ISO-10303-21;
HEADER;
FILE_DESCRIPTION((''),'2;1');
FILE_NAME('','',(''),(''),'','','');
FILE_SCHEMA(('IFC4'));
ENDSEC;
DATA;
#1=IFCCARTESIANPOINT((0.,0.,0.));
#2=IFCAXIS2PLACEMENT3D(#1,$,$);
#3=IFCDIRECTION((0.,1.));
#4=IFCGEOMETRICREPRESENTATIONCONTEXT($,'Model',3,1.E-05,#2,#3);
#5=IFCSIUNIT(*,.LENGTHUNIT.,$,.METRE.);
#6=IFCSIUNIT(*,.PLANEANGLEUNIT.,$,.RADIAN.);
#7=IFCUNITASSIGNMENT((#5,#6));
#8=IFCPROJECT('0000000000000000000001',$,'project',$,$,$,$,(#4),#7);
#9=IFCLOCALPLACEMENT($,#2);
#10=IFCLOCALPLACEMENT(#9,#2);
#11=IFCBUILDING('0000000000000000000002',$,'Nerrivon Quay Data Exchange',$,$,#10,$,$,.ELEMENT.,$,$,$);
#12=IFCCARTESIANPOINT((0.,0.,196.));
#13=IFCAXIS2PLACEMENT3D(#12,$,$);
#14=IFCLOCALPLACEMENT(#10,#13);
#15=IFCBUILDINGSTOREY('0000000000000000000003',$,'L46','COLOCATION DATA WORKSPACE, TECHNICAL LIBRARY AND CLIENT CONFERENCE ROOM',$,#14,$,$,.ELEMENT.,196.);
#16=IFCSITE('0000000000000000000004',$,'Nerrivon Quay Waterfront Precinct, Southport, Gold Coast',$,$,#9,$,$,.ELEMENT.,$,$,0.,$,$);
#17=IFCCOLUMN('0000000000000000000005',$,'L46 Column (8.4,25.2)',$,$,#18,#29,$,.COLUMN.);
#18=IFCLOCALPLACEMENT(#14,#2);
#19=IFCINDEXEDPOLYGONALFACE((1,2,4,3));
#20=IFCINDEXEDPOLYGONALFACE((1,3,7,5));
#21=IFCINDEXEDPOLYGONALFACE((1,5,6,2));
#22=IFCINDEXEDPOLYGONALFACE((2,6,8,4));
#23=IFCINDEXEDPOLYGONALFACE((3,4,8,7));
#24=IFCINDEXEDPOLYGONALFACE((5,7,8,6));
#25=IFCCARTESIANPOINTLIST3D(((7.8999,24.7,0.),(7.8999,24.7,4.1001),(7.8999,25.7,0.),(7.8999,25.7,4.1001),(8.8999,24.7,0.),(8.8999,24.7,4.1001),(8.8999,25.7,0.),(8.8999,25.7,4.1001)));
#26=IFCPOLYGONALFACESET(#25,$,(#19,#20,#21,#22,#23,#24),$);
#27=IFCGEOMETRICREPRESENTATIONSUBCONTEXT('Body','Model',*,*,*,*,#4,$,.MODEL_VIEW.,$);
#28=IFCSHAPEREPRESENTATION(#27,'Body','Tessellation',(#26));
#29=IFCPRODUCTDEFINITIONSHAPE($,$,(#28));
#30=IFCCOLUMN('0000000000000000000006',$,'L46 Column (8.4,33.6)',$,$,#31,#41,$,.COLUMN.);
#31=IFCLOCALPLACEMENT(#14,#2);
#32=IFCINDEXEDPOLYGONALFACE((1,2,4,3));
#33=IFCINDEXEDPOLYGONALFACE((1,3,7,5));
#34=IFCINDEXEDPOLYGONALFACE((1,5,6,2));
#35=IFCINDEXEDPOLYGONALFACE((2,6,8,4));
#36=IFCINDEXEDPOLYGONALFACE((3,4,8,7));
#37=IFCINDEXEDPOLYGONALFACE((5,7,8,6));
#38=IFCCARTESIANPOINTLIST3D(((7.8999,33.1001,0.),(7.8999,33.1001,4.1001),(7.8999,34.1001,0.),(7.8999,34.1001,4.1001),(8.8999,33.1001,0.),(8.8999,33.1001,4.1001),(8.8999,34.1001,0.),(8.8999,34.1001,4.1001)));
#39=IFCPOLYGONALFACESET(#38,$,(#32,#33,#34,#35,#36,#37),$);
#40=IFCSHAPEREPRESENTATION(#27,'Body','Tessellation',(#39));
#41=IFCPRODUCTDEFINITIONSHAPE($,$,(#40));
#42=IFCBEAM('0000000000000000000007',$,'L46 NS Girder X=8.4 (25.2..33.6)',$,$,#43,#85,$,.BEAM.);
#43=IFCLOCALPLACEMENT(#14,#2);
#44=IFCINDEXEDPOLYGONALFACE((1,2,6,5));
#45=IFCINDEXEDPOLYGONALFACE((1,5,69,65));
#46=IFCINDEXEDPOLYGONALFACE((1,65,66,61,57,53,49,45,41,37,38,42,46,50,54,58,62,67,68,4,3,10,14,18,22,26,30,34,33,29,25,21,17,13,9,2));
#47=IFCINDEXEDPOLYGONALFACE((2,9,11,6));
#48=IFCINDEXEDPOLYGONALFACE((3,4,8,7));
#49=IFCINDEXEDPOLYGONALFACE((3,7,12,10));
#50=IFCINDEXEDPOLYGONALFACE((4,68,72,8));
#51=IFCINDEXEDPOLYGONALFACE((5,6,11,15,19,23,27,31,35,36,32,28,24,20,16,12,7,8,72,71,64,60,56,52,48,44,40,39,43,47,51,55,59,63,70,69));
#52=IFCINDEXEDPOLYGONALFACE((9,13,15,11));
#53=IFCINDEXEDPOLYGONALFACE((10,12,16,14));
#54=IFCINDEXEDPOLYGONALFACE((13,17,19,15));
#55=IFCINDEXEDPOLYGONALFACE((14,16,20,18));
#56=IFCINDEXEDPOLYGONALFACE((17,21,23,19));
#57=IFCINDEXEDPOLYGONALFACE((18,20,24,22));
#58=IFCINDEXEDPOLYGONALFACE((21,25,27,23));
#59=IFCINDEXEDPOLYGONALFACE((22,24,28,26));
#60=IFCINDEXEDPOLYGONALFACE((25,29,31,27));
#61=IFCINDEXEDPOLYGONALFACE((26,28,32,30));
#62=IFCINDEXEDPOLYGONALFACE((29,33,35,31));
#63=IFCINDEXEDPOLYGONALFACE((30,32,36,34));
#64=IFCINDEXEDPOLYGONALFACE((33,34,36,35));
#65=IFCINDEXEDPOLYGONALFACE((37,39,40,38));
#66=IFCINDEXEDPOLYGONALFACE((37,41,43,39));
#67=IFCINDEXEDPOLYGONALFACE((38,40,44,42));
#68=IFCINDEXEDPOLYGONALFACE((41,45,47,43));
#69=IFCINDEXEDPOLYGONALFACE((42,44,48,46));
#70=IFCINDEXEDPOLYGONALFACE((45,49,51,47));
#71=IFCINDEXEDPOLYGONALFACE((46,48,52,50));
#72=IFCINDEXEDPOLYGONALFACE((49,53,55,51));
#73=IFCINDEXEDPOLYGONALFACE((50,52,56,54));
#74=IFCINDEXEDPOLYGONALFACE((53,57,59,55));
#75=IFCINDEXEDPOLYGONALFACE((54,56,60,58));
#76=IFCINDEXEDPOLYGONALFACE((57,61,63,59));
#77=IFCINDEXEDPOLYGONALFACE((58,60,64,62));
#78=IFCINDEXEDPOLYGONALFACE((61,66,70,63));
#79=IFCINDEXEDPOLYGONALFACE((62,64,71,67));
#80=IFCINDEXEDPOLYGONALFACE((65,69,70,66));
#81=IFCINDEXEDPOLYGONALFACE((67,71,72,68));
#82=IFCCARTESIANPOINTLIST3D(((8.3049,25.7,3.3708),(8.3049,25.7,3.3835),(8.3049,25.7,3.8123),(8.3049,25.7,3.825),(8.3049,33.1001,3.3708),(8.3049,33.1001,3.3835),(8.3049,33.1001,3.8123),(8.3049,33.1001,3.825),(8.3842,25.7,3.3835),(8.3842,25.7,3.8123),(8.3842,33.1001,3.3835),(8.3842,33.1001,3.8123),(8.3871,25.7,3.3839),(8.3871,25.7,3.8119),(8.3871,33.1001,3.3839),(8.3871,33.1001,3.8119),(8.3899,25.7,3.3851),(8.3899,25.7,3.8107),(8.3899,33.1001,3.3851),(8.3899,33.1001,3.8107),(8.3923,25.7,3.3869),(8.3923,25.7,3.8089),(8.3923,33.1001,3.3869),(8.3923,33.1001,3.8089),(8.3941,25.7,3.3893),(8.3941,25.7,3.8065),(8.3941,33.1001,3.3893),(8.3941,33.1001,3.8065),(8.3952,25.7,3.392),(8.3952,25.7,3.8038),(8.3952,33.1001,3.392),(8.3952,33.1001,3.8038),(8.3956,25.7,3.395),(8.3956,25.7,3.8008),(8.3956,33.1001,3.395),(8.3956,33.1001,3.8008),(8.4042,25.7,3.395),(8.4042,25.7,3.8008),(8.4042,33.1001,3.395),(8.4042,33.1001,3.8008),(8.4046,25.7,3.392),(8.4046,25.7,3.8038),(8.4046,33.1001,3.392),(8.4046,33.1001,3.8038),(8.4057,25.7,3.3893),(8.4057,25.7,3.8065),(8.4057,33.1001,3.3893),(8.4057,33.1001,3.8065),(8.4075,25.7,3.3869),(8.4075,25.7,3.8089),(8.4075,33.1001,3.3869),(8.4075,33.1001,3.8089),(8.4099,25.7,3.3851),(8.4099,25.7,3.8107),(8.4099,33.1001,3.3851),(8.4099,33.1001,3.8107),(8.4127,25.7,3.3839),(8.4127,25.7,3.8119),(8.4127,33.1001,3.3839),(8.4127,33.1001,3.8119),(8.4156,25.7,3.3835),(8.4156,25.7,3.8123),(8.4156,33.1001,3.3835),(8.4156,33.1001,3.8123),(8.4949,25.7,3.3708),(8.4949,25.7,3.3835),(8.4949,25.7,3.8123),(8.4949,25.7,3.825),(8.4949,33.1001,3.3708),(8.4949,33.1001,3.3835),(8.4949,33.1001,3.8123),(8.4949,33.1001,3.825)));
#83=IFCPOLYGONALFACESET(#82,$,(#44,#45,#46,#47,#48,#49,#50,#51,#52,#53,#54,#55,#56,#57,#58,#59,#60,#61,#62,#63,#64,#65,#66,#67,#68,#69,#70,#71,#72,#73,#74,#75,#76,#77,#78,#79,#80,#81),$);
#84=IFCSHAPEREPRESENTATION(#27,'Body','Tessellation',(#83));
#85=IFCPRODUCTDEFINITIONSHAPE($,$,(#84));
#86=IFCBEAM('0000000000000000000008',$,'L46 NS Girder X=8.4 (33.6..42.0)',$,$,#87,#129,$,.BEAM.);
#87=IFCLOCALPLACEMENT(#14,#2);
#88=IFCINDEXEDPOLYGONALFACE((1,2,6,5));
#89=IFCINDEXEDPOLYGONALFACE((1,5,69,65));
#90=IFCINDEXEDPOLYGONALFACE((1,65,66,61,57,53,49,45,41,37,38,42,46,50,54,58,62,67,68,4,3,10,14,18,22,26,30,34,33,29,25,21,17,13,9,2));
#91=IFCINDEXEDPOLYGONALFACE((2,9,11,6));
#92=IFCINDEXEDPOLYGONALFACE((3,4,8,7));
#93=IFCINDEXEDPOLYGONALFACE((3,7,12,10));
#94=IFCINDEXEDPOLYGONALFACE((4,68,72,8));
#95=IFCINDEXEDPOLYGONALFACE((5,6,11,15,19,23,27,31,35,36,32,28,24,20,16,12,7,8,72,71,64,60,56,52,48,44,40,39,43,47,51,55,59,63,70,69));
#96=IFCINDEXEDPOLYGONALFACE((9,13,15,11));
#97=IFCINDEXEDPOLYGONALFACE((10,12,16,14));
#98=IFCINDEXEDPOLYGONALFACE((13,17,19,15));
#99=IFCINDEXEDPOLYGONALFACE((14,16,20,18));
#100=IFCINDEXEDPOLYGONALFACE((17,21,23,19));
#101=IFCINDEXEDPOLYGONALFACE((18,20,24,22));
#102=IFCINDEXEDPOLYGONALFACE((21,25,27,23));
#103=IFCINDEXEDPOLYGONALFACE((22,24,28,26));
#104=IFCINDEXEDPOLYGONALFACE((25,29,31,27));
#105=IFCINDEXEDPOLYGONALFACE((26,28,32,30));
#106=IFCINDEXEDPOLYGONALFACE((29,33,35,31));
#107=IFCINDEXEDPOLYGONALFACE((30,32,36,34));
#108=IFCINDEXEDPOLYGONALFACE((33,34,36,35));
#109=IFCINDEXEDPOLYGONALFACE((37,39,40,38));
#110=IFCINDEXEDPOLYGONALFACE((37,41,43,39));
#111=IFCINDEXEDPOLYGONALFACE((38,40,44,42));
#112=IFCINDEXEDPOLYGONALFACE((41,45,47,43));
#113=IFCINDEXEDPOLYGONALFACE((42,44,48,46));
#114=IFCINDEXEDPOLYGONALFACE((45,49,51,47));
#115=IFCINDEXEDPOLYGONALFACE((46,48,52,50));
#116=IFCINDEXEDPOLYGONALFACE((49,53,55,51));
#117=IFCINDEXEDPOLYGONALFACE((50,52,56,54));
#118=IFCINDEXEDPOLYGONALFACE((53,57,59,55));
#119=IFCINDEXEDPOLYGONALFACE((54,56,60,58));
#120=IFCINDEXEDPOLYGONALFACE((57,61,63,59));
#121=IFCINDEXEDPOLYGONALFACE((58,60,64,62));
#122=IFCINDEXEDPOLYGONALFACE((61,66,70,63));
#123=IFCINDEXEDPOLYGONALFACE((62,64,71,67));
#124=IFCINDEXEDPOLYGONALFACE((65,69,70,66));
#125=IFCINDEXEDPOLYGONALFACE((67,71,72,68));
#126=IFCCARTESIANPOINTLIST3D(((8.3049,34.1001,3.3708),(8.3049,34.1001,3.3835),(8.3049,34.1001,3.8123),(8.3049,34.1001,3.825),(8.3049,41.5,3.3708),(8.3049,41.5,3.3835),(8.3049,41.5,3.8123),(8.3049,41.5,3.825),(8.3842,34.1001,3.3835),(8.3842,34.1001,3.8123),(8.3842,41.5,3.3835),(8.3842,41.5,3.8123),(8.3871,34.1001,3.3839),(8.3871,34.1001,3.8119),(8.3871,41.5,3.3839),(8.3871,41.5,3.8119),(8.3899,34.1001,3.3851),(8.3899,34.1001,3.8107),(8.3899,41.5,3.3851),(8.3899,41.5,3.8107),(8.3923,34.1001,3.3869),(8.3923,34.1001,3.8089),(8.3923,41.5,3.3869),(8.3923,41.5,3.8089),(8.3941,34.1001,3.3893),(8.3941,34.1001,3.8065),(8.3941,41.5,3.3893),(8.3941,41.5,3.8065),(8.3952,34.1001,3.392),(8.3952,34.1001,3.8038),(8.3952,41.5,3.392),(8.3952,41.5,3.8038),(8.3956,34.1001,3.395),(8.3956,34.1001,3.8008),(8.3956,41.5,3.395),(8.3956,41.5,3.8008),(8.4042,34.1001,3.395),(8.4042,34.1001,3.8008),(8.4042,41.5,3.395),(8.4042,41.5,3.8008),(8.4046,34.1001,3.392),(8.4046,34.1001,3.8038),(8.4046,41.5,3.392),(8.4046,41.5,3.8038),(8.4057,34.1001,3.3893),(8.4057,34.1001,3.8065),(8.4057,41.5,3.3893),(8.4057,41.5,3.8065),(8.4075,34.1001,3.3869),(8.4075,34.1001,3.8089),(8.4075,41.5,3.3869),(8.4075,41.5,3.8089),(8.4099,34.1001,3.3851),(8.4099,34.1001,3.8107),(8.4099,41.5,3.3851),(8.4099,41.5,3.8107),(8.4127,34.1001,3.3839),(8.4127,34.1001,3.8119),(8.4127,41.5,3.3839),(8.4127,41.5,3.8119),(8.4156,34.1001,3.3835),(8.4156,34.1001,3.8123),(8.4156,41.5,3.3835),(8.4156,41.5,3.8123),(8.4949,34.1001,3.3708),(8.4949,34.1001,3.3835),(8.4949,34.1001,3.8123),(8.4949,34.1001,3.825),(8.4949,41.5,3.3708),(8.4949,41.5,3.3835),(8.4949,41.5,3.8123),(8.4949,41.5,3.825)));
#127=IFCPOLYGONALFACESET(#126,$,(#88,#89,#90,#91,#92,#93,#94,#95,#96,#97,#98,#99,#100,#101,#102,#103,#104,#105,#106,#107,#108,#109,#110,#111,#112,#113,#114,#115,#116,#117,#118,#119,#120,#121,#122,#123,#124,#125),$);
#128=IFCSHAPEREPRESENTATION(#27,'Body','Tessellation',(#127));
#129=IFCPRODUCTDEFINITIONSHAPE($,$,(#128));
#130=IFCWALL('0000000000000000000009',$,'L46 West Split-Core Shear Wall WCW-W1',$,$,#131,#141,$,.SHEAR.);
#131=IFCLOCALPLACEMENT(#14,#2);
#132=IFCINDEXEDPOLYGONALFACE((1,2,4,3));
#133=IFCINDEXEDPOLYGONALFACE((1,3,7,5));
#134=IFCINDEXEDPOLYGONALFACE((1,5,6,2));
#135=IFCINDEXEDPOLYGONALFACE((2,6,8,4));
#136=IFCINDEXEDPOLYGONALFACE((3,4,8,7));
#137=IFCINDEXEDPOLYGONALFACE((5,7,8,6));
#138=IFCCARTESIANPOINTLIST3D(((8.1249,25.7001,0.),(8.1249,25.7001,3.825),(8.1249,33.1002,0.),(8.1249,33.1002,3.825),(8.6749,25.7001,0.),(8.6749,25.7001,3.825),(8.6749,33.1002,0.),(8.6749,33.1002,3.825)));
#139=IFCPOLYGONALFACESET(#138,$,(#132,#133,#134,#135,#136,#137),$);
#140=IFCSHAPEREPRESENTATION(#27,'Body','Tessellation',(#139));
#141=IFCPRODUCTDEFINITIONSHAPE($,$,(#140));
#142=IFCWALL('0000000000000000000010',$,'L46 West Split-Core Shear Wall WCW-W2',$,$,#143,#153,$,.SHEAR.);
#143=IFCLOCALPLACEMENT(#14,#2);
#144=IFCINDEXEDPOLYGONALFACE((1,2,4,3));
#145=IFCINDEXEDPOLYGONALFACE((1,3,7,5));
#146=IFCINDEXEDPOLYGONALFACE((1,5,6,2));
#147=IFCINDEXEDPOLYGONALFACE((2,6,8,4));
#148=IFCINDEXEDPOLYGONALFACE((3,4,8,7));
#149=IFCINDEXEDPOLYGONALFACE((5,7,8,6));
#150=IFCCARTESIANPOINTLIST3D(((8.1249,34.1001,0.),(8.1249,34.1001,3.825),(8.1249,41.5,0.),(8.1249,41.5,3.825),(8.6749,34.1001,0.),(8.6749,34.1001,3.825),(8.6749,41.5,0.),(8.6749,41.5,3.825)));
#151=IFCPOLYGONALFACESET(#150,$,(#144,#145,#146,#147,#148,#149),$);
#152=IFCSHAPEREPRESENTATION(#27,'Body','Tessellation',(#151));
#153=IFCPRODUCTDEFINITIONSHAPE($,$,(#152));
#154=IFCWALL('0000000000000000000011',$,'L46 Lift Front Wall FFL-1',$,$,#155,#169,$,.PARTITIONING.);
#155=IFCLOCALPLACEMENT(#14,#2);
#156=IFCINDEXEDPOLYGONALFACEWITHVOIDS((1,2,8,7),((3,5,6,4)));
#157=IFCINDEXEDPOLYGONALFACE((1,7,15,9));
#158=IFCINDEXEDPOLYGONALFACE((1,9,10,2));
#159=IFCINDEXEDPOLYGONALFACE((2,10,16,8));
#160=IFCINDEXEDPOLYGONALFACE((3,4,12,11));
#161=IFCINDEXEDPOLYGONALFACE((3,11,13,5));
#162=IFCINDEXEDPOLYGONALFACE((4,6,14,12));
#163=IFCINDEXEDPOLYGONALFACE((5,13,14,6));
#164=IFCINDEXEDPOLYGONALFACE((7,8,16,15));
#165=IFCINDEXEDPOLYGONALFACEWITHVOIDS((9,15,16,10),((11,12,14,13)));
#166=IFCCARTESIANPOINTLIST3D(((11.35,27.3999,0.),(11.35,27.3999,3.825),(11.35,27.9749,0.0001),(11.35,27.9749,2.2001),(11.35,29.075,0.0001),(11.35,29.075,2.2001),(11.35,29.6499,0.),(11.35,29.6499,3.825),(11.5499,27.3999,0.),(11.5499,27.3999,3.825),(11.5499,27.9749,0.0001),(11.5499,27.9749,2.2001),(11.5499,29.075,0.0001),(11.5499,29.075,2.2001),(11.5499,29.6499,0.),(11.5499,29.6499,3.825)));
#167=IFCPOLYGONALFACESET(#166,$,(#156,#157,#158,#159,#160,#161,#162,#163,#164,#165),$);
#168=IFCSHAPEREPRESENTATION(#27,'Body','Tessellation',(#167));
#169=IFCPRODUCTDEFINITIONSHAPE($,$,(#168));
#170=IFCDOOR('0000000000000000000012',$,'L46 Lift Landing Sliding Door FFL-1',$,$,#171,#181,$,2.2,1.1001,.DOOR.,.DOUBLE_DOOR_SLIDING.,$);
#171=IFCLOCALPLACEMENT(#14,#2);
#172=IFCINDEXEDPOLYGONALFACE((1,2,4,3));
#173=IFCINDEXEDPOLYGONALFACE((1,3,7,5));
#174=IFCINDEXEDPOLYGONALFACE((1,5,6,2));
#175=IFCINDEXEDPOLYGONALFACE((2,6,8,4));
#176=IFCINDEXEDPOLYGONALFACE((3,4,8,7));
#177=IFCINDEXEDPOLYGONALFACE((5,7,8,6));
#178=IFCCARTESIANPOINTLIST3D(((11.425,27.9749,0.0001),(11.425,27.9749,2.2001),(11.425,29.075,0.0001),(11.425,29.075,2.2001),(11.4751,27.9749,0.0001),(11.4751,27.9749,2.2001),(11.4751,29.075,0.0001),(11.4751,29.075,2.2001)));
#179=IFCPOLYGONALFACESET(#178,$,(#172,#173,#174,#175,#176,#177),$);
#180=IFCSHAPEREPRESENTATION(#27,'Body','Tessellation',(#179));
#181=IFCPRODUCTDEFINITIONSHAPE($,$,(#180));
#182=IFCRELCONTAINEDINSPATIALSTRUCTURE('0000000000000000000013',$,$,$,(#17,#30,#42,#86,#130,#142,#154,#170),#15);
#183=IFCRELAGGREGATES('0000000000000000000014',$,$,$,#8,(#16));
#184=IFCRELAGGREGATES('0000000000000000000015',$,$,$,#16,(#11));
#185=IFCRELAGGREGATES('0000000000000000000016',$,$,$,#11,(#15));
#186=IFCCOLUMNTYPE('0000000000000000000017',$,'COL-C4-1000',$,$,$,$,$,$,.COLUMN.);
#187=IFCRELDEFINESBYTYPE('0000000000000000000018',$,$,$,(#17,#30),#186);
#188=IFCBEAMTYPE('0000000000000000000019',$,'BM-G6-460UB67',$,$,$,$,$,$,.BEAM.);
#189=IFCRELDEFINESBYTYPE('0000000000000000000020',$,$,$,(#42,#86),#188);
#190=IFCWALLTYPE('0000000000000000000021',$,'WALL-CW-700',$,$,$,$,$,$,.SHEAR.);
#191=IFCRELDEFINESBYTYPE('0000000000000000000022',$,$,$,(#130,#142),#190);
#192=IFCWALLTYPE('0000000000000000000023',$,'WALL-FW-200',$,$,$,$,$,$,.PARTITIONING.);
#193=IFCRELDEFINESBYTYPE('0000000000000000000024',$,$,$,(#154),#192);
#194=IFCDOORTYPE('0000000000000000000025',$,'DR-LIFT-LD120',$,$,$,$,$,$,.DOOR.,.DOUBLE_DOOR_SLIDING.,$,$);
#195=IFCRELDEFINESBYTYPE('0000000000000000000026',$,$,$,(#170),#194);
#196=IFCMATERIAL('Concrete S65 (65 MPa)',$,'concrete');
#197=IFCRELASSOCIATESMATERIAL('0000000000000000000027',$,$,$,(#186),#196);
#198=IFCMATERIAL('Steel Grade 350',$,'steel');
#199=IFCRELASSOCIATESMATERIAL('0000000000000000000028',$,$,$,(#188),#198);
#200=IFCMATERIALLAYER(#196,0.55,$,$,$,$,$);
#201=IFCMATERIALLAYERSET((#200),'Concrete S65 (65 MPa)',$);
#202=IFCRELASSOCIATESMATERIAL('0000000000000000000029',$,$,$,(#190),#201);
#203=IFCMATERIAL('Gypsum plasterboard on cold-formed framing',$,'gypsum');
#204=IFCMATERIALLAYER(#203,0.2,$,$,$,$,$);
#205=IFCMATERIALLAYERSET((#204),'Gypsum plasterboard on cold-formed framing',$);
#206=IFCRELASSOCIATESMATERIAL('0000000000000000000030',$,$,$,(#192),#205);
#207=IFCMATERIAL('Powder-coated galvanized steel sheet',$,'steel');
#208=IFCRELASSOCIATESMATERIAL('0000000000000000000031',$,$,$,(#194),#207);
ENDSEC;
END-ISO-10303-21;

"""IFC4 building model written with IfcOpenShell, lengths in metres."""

from ifc_helpers import new_model, si_unit, direction, frame, frame_2d, origin, origin_2d, place, context, subcontext, project, spatial, rectangle, i_section, extrude, material, layer, layer_set, material_profile, profile_set, type_object, element, fill, save


model = new_model("IFC4")

# Units and contexts
model_context = context("Model", 3, precision=1e-05, world=origin(), true_north=direction((0.0, 1.0)))
body_context = subcontext(model_context, "Body", "Model", "MODEL_VIEW")
ifc_project = project(units=[si_unit("LENGTHUNIT", "METRE"), si_unit("PLANEANGLEUNIT", "RADIAN")], contexts=[model_context])

# Site, building, storey
site_placement = place(None, origin())
site = spatial("IfcSite", under=ifc_project, at=site_placement, Name="Nerrivon Quay Waterfront Precinct, Southport, Gold Coast", CompositionType="ELEMENT", RefElevation=0.0)
building_placement = place(site_placement, origin())
building = spatial("IfcBuilding", under=site, at=building_placement, Name="Nerrivon Quay Data Exchange", CompositionType="ELEMENT")
storey_placement = place(building_placement, frame((0.0, 0.0, 196.0)))
storey = spatial("IfcBuildingStorey", under=building, at=storey_placement, Name="L46", Description="COLOCATION DATA WORKSPACE, TECHNICAL LIBRARY AND CLIENT CONFERENCE ROOM", CompositionType="ELEMENT", Elevation=196.0)

# Columns
ifc_material_1 = material(Name="Concrete S65 (65 MPa)", Category="concrete")
ifc_material_profile_1 = material_profile(ifc_material_1, rectangle(XDim=1.0, YDim=1.0, at=origin_2d()), Name="RC-COL-1000x1000")
ifc_profile_set_1 = profile_set([ifc_material_profile_1], Name="Concrete S65 (65 MPa)")
column_type = type_object("IfcColumnType", Name="COL-C4-1000", PredefinedType="COLUMN", material=ifc_profile_set_1)
for number, where, z_axis, x_axis, name in (
    (1, (8.3999, 25.2, 0.0), (0.0, 0.0, 1.0), (1.0, 0.0, 0.0), "L46 Column (8.4,25.2)"),
    (2, (8.3999, 33.6001, 0.0), (0.0, 0.0, 1.0), (1.0, 0.0, 0.0), "L46 Column (8.4,33.6)"),
):
    element("IfcColumn", number, at=place(storey_placement, frame(where, z_axis=z_axis, x_axis=x_axis)), inside=storey, type_object=column_type, Name=name, PredefinedType="COLUMN", context=body_context, shape_type="SweptSolid", body=[
        extrude(rectangle(XDim=1.0, YDim=1.0, at=origin_2d()), origin(), (0.0, 0.0, 1.0), 4.1001),
    ])

# Beams
ifc_material_2 = material(Name="Steel Grade 350", Category="steel")
ifc_material_profile_2 = material_profile(ifc_material_2, i_section(OverallWidth=0.1899, OverallDepth=0.4541, WebThickness=0.0085, FlangeThickness=0.0127, FilletRadius=0.0115, at=origin_2d()), Name="460UB67.1")
ifc_profile_set_2 = profile_set([ifc_material_profile_2], Name="Steel Grade 350")
beam_type = type_object("IfcBeamType", Name="BM-G6-460UB67", PredefinedType="BEAM", material=ifc_profile_set_2)
beam_1_placement = place(storey_placement, frame((8.3999, 25.7, 3.5979), z_axis=(0.0, 1.0, 0.0), x_axis=(-1.0, 0.0, 0.0)))
element("IfcBeam", 3, at=beam_1_placement, inside=storey, type_object=beam_type, Name="L46 NS Girder X=8.4 (25.2..33.6)", PredefinedType="BEAM", context=body_context, shape_type="SweptSolid", body=[
    extrude(i_section(OverallWidth=0.1899, OverallDepth=0.4541, WebThickness=0.0085, FlangeThickness=0.0127, FilletRadius=0.0115, at=origin_2d()), origin(), (0.0, 0.0, 1.0), 7.4001),
])
beam_2_placement = place(storey_placement, frame((8.3999, 34.1001, 3.5979), z_axis=(0.0, 1.0, 0.0), x_axis=(-1.0, 0.0, 0.0)))
element("IfcBeam", 4, at=beam_2_placement, inside=storey, type_object=beam_type, Name="L46 NS Girder X=8.4 (33.6..42.0)", PredefinedType="BEAM", context=body_context, shape_type="SweptSolid", body=[
    extrude(i_section(OverallWidth=0.1899, OverallDepth=0.4541, WebThickness=0.0085, FlangeThickness=0.0127, FilletRadius=0.0115, at=origin_2d()), origin(), (0.0, 0.0, 1.0), 7.3999),
])

# Walls
ifc_layer_1 = layer(ifc_material_1, 0.55)
ifc_layer_set_1 = layer_set([ifc_layer_1], Name="Concrete S65 (65 MPa)")
wall_type_1 = type_object("IfcWallType", Name="WALL-CW-700", PredefinedType="SHEAR", material=ifc_layer_set_1)
wall_1_placement = place(storey_placement, frame((8.3999, 25.7, 0.0), z_axis=(0.0, 0.0, 1.0), x_axis=(0.0, 1.0, 0.0)))
element("IfcWall", 5, at=wall_1_placement, inside=storey, type_object=wall_type_1, Name="L46 West Split-Core Shear Wall WCW-W1", PredefinedType="SHEAR", context=body_context, shape_type="SweptSolid", body=[
    extrude(rectangle(XDim=7.4001, YDim=0.55, at=frame_2d((3.7002, 0.0))), origin(), (0.0, 0.0, 1.0), 3.825),
])
wall_2_placement = place(storey_placement, frame((8.3999, 34.1001, 0.0), z_axis=(0.0, 0.0, 1.0), x_axis=(0.0, 1.0, 0.0)))
element("IfcWall", 6, at=wall_2_placement, inside=storey, type_object=wall_type_1, Name="L46 West Split-Core Shear Wall WCW-W2", PredefinedType="SHEAR", context=body_context, shape_type="SweptSolid", body=[
    extrude(rectangle(XDim=7.3999, YDim=0.55, at=frame_2d((3.7, 0.0))), origin(), (0.0, 0.0, 1.0), 3.825),
])

# Wall, opening, door
ifc_material_3 = material(Name="Powder-coated galvanized steel sheet", Category="steel")
ifc_material_4 = material(Name="Gypsum plasterboard on cold-formed framing", Category="gypsum")
ifc_layer_2 = layer(ifc_material_4, 0.2)
ifc_layer_set_2 = layer_set([ifc_layer_2], Name="Gypsum plasterboard on cold-formed framing")
wall_type_2 = type_object("IfcWallType", Name="WALL-FW-200", PredefinedType="PARTITIONING", material=ifc_layer_set_2)
wall_3_placement = place(storey_placement, frame((11.45, 27.3999, 0.0), z_axis=(0.0, 0.0, 1.0), x_axis=(0.0, 1.0, 0.0)))
wall_3 = element("IfcWall", 7, at=wall_3_placement, inside=storey, type_object=wall_type_2, Name="L46 Lift Front Wall FFL-1", PredefinedType="PARTITIONING", context=body_context, shape_type="SweptSolid", body=[
    extrude(rectangle(XDim=2.25, YDim=0.2, at=frame_2d((1.125, 0.0))), origin(), (0.0, 0.0, 1.0), 3.825),
])
opening_1_placement = place(wall_3_placement, frame((0.575, 0.0, 0.0)))
opening_1 = element("IfcOpeningElement", 8, at=opening_1_placement, cuts=wall_3, PredefinedType="OPENING", context=body_context, shape_type="SweptSolid", body=[
    extrude(rectangle(XDim=1.1001, YDim=2.2, at=frame_2d((0.55, 1.1001))), frame((0.0, 0.1099, 0.0), z_axis=(0.0, -1.0, 0.0), x_axis=(1.0, 0.0, 0.0)), (0.0, 0.0, 1.0), 0.22),
])
door_type_1 = type_object("IfcDoorType", Name="DR-LIFT-LD120", OperationType="DOUBLE_DOOR_SLIDING", PredefinedType="DOOR", material=ifc_material_3)
door_1_placement = place(opening_1_placement, origin())
door_1 = element("IfcDoor", 9, at=door_1_placement, inside=storey, type_object=door_type_1, Name="L46 Lift Landing Sliding Door FFL-1", OperationType="DOUBLE_DOOR_SLIDING", OverallHeight=2.2, OverallWidth=1.1001, PredefinedType="DOOR", context=body_context, shape_type="SweptSolid", body=[
    extrude(rectangle(XDim=1.1001, YDim=2.2, at=frame_2d((0.55, 1.1001))), frame((0.0, 0.0249, 0.0), z_axis=(0.0, -1.0, 0.0), x_axis=(1.0, 0.0, 0.0)), (0.0, 0.0, 1.0), 0.05),
])
fill(opening_1, door_1)

save(model, "model.ifc")
